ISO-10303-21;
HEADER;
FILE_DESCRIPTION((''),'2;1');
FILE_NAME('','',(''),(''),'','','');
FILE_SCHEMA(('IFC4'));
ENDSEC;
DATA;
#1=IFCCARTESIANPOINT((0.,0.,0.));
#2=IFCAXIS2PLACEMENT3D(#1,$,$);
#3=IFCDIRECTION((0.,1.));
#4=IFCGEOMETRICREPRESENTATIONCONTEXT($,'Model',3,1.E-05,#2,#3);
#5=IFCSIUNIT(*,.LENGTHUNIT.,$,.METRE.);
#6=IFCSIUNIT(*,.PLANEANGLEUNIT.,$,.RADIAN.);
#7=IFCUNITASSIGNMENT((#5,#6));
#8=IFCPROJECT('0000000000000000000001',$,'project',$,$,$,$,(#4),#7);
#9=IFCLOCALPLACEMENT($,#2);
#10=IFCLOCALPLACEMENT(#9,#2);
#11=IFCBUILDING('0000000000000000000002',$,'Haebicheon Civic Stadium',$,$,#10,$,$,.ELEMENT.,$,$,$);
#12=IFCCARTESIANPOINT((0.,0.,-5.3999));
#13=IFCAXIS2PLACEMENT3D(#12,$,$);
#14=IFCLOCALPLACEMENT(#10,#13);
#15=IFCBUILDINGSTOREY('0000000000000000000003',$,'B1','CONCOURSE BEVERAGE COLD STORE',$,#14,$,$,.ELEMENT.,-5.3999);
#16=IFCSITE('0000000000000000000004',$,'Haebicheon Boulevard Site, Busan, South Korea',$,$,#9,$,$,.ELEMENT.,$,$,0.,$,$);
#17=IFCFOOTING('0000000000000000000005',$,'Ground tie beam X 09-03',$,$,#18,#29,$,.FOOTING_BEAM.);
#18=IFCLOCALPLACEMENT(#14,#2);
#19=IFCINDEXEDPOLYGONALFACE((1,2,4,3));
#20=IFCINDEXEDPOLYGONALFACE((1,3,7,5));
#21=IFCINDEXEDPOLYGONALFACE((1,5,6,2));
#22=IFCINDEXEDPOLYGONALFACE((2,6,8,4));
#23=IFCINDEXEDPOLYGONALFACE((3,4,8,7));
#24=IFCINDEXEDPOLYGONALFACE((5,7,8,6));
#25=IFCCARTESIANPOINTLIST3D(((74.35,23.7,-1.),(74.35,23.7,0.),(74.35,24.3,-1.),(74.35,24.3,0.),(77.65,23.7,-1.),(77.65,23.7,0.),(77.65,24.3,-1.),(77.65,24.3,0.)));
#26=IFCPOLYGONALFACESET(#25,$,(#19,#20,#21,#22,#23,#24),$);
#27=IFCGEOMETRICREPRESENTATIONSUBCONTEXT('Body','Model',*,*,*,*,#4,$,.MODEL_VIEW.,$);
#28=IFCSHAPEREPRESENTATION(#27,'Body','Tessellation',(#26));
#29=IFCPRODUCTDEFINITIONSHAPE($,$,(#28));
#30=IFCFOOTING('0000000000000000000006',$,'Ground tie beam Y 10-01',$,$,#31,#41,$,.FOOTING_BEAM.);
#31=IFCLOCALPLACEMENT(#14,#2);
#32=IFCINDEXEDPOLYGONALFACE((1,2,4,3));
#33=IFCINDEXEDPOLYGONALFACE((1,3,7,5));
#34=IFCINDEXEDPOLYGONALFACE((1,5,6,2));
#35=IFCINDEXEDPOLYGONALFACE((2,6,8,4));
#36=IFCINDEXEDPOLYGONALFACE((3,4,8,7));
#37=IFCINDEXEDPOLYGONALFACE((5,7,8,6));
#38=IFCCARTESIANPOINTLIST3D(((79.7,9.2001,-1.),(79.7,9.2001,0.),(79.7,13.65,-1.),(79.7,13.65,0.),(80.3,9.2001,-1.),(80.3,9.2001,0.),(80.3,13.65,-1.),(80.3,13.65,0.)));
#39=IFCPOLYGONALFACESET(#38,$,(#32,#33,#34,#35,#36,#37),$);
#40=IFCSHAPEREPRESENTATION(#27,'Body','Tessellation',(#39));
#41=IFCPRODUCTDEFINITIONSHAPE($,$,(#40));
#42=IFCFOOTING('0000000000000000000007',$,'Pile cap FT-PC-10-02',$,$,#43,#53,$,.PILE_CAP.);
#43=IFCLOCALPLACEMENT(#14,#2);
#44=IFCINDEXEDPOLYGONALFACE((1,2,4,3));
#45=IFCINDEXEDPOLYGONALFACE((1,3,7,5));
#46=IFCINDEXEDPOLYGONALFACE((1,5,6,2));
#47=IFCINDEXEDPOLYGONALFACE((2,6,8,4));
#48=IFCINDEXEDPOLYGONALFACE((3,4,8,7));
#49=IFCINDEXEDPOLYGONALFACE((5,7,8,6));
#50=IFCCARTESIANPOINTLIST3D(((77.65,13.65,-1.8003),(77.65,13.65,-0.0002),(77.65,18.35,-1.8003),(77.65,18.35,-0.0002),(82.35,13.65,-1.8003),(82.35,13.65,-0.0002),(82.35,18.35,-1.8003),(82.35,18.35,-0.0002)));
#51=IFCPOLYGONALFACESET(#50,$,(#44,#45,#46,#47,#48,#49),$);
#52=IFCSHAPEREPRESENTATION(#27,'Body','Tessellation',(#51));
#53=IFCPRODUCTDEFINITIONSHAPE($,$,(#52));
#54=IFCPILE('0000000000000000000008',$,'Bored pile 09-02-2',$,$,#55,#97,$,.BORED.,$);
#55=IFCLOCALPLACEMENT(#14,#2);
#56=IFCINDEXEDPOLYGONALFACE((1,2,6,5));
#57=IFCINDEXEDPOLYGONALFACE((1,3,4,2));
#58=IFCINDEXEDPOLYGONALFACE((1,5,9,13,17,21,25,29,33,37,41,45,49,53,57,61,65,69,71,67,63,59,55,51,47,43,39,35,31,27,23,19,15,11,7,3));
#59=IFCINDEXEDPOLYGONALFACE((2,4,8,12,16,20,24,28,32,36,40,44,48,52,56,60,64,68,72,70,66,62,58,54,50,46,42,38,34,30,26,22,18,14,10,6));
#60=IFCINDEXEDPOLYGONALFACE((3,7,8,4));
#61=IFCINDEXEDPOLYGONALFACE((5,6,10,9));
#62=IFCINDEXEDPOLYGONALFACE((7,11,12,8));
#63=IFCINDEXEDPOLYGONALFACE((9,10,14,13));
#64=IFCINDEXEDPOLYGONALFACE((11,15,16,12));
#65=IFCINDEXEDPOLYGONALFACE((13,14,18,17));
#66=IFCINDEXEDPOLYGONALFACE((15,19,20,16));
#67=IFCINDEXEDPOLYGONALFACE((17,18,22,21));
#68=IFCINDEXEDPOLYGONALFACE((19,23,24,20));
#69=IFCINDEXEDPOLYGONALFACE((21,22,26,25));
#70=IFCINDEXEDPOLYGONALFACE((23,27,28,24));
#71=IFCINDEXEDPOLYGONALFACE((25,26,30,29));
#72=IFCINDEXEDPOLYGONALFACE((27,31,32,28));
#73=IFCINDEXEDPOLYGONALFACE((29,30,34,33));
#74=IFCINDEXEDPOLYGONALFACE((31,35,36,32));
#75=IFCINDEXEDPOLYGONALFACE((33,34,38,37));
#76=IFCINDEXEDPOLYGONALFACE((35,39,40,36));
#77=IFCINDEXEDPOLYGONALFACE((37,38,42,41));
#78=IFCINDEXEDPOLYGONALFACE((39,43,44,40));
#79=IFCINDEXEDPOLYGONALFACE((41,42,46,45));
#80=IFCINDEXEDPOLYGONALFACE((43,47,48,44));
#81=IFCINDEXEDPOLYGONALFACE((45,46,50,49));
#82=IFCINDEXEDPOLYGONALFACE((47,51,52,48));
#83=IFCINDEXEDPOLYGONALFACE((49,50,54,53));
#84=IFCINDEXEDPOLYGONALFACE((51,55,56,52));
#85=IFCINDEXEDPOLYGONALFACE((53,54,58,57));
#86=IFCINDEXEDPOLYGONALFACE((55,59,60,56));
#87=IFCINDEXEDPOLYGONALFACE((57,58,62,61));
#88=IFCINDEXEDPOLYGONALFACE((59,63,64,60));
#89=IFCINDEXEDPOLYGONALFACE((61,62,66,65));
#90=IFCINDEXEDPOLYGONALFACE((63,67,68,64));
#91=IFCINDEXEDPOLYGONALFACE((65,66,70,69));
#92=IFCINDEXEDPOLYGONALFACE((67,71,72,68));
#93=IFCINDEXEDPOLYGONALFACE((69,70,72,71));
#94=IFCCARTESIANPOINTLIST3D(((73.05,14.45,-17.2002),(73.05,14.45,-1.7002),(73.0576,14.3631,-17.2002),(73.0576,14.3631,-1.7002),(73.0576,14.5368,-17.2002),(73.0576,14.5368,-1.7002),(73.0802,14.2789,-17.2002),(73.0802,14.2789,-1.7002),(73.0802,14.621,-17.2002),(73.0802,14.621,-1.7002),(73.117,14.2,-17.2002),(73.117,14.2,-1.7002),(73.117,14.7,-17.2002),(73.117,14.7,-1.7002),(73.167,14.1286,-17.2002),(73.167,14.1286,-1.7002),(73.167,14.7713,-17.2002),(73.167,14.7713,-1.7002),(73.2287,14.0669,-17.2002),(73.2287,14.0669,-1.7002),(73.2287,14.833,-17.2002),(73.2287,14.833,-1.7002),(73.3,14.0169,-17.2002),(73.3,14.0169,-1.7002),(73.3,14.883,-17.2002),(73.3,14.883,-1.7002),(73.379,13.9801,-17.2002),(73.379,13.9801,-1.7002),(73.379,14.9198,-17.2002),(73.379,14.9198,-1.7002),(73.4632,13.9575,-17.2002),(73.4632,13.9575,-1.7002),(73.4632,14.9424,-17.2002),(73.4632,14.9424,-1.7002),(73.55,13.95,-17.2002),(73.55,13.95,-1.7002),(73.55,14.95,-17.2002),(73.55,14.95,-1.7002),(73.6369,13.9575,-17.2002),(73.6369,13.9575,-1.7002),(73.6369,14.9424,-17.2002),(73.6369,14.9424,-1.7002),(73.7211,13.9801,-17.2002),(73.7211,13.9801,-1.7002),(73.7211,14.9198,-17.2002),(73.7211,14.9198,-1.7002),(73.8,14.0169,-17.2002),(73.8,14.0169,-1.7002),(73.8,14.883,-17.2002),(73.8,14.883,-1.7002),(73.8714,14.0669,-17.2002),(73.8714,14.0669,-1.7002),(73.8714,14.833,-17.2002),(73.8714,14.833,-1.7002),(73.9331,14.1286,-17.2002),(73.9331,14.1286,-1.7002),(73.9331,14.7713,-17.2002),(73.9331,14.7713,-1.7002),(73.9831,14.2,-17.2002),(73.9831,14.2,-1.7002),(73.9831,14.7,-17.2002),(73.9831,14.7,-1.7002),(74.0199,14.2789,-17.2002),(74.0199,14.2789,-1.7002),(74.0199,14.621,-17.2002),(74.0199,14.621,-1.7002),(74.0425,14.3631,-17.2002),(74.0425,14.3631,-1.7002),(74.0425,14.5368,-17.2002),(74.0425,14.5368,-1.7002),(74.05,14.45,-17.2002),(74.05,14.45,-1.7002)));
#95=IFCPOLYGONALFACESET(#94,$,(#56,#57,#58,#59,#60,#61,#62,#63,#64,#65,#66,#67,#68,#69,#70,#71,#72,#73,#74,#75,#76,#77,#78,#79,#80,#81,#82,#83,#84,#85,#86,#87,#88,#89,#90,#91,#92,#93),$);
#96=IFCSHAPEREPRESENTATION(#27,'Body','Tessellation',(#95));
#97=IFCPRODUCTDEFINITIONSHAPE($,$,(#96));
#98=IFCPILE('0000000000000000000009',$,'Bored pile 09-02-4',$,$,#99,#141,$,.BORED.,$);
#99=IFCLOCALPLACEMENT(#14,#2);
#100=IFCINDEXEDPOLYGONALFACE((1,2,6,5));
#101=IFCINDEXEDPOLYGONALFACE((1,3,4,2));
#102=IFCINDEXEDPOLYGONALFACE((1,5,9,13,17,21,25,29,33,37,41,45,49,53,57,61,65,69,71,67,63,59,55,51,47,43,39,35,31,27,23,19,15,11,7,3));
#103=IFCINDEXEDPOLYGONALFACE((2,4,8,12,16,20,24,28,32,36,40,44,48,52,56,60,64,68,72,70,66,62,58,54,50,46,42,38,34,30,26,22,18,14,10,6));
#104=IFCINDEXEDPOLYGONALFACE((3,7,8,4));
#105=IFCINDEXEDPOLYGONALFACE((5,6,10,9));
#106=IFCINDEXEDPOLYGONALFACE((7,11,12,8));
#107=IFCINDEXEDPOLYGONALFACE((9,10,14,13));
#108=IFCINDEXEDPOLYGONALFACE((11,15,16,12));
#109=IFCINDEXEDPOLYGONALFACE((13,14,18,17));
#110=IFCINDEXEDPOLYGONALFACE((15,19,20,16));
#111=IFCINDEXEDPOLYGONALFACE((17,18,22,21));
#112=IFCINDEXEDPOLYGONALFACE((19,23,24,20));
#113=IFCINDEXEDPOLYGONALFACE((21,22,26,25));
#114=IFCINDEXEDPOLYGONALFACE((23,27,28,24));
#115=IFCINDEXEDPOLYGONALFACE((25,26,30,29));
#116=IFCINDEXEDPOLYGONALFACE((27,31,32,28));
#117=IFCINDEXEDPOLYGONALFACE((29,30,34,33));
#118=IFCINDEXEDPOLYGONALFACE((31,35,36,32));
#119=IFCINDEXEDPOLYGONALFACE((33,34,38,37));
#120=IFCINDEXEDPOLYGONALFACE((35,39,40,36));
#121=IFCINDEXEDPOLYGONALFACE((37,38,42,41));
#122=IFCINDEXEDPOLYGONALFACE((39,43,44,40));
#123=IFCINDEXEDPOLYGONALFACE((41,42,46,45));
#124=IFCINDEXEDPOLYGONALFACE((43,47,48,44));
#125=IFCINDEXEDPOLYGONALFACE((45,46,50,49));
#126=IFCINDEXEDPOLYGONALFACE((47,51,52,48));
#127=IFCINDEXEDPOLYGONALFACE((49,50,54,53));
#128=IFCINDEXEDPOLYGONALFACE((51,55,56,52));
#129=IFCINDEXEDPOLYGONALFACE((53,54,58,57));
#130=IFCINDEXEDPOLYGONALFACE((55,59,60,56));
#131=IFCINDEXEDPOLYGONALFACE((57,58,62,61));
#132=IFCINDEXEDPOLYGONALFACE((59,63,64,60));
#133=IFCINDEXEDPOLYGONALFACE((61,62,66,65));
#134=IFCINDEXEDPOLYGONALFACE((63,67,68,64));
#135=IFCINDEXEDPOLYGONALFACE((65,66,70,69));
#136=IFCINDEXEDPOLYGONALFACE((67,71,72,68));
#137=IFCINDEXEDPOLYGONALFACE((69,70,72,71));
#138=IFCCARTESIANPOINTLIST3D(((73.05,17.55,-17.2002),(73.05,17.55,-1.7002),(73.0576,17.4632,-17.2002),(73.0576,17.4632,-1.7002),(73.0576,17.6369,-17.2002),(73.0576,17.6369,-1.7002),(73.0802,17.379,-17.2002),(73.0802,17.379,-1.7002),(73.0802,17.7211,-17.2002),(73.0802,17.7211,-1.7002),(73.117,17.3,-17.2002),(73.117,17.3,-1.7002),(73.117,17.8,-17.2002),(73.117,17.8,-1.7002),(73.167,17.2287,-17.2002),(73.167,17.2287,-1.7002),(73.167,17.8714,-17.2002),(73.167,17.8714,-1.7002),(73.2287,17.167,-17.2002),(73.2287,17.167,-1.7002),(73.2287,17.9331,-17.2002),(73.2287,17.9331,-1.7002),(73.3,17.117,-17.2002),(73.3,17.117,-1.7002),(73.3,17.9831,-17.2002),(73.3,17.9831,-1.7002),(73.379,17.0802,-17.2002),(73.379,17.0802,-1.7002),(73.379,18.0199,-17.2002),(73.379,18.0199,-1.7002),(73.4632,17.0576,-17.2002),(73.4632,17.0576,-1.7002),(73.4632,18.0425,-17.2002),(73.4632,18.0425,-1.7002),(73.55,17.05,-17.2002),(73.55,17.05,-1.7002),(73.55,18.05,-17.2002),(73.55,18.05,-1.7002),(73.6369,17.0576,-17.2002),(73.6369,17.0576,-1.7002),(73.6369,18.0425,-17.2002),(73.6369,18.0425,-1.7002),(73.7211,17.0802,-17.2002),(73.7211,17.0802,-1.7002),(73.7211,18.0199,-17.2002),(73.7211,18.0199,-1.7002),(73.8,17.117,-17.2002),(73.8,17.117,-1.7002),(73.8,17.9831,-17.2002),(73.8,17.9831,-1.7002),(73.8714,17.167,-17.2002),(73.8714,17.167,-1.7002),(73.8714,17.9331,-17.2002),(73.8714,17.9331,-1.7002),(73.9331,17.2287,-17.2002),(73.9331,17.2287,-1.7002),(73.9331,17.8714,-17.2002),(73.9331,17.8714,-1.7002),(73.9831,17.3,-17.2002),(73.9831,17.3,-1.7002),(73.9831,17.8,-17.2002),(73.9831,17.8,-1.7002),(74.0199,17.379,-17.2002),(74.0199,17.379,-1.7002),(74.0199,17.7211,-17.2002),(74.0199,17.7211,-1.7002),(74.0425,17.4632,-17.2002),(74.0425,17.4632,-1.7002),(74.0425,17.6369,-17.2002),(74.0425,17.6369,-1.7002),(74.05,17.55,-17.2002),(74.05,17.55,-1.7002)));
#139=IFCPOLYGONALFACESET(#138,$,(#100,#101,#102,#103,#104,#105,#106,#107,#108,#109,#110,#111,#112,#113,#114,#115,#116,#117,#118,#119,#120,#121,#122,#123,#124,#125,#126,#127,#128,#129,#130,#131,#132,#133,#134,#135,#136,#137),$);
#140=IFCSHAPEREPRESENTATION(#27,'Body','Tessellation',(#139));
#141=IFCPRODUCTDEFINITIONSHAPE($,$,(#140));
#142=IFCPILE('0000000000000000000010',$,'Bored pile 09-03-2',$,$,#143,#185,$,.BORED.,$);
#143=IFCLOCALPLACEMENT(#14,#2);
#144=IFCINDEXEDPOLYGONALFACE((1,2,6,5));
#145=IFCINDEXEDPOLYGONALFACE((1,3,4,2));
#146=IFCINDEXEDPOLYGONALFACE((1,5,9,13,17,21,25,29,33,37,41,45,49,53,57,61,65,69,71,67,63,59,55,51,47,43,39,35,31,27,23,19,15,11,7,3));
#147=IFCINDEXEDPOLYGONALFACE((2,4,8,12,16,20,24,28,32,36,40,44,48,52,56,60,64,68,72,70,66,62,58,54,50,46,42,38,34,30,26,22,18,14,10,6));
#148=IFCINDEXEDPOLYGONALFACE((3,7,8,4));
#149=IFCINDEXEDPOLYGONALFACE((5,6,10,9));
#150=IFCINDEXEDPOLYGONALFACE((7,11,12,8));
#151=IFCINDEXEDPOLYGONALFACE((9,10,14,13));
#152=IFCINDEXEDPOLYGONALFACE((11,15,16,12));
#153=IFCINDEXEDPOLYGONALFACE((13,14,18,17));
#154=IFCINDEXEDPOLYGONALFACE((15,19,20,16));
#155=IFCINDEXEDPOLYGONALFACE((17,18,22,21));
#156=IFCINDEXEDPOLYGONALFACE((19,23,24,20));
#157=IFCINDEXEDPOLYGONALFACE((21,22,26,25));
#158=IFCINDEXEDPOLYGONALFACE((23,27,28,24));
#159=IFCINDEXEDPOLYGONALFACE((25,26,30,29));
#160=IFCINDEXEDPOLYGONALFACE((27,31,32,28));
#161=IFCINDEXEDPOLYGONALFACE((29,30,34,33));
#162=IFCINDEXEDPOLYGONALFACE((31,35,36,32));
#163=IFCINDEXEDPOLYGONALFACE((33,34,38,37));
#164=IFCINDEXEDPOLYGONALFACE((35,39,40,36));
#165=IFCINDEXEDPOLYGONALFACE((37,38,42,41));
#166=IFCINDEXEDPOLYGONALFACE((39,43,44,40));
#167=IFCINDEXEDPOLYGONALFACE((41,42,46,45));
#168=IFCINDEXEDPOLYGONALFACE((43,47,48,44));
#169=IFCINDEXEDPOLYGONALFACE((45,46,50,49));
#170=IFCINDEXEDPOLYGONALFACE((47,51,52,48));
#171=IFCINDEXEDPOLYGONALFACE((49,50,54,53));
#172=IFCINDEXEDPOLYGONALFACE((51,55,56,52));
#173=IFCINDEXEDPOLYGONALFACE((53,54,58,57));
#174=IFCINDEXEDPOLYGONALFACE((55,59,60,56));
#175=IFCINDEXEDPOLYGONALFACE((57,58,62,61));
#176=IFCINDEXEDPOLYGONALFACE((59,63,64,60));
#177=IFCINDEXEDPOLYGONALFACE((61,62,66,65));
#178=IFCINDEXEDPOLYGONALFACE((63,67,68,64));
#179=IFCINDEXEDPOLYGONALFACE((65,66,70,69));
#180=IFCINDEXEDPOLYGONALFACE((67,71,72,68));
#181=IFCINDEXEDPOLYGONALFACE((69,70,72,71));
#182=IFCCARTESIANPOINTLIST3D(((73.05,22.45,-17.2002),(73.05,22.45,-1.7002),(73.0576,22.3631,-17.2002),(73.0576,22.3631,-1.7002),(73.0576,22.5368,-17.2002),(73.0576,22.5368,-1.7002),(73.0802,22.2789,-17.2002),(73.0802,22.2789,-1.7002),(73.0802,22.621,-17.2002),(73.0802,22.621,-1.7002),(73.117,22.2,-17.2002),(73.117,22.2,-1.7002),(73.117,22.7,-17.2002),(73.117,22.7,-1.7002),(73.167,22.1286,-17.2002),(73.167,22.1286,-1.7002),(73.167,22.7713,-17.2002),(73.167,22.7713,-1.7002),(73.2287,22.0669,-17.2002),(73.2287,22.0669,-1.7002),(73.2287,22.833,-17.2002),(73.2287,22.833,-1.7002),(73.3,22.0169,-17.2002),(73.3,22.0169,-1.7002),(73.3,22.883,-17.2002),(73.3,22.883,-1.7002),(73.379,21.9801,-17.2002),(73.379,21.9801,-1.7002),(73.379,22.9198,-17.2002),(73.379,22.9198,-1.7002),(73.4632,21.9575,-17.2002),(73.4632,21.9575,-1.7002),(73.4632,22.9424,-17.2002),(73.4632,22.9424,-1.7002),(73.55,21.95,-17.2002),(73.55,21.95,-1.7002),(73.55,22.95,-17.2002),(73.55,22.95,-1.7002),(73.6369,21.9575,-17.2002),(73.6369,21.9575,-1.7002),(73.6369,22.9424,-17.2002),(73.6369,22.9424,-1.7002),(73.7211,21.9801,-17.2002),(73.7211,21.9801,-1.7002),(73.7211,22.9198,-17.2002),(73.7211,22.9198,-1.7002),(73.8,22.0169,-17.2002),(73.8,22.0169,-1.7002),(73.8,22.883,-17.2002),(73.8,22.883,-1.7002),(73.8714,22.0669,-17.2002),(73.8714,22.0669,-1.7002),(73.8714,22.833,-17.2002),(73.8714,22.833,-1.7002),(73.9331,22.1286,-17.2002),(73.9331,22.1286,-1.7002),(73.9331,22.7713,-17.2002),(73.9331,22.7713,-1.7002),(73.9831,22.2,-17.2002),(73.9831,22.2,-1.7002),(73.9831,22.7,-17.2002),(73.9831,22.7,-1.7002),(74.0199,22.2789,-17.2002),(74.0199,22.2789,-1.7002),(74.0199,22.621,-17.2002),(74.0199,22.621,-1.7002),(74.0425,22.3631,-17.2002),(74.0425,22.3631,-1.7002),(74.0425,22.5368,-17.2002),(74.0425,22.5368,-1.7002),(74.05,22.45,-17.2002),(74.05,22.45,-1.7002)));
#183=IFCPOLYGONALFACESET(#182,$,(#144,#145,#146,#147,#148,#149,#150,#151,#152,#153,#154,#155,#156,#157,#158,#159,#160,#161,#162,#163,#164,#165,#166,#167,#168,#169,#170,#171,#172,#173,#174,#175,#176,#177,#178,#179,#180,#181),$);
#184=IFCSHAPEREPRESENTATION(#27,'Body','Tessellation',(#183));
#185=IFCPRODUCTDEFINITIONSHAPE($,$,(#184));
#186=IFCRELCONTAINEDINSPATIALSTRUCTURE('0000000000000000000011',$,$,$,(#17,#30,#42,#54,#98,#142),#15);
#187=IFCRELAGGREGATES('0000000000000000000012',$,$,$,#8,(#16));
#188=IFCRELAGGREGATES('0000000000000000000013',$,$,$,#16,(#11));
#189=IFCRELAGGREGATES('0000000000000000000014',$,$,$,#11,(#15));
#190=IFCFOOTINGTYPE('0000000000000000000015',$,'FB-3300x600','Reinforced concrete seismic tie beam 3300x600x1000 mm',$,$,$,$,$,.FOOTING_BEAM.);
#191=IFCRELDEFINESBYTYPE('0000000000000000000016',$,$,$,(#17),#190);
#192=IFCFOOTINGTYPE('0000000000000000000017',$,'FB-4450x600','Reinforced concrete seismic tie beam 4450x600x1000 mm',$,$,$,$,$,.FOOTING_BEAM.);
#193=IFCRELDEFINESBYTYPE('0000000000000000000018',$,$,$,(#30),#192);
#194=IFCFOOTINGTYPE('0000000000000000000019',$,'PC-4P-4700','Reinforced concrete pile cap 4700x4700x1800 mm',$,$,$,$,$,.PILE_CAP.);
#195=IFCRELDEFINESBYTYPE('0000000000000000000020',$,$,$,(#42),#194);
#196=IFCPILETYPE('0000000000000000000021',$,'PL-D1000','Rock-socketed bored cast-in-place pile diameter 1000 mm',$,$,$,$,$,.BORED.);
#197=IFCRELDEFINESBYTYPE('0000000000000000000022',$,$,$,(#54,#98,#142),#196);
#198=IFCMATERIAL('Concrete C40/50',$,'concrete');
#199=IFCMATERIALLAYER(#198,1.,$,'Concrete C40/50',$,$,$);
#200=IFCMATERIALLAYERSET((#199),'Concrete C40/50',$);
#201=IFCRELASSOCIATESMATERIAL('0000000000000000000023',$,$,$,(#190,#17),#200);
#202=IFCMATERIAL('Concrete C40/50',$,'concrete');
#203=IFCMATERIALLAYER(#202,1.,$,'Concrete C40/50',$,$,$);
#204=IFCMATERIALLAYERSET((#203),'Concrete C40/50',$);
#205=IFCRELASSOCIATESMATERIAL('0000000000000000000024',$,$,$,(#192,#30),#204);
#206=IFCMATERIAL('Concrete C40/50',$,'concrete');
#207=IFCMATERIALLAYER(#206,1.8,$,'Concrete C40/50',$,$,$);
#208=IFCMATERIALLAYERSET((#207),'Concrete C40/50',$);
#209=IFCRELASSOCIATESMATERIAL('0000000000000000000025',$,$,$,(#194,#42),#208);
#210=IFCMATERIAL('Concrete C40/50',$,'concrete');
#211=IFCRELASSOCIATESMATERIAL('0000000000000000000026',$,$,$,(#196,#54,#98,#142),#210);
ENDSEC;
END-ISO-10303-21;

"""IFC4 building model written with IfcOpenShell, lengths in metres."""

from ifc_helpers import new_model, si_unit, direction, frame, origin, origin_2d, place, context, subcontext, project, spatial, rectangle, circle, extrude, material, layer, layer_set, material_profile, profile_set, type_object, element, save


model = new_model("IFC4")

# Units and contexts
model_context = context("Model", 3, precision=1e-05, world=origin(), true_north=direction((0.0, 1.0)))
body_context = subcontext(model_context, "Body", "Model", "MODEL_VIEW")
ifc_project = project(units=[si_unit("LENGTHUNIT", "METRE"), si_unit("PLANEANGLEUNIT", "RADIAN")], contexts=[model_context])

# Site, building, storey
site_placement = place(None, origin())
site = spatial("IfcSite", under=ifc_project, at=site_placement, Name="Haebicheon Boulevard Site, Busan, South Korea", CompositionType="ELEMENT", RefElevation=0.0)
building_placement = place(site_placement, origin())
building = spatial("IfcBuilding", under=site, at=building_placement, Name="Haebicheon Civic Stadium", CompositionType="ELEMENT")
storey_placement = place(building_placement, frame((0.0, 0.0, -5.3999)))
storey = spatial("IfcBuildingStorey", under=building, at=storey_placement, Name="B1", Description="CONCOURSE BEVERAGE COLD STORE", CompositionType="ELEMENT", Elevation=-5.3999)

# Footings
ifc_material_1 = material(Name="Concrete C40/50", Category="concrete")
ifc_layer_1 = layer(ifc_material_1, 1.0, Name="Concrete C40/50")
ifc_layer_set_1 = layer_set([ifc_layer_1], Name="Concrete C40/50")
footing_type_1 = type_object("IfcFootingType", Name="FB-3300x600", Description="Reinforced concrete seismic tie beam 3300x600x1000 mm", PredefinedType="FOOTING_BEAM", material=ifc_layer_set_1)
footing_1_placement = place(storey_placement, frame((76.0, 24.0, -1.0), z_axis=(0.0, 0.0, 1.0), x_axis=(1.0, 0.0, 0.0)))
element("IfcFooting", 1, at=footing_1_placement, inside=storey, type_object=footing_type_1, material=ifc_layer_set_1, Name="Ground tie beam X 09-03", PredefinedType="FOOTING_BEAM", context=body_context, shape_type="SweptSolid", body=[
    extrude(rectangle(XDim=3.3, YDim=0.6001, at=origin_2d()), origin(), (0.0, 0.0, 1.0), 1.0),
])
ifc_material_2 = material(Name="Concrete C40/50", Category="concrete")
ifc_layer_2 = layer(ifc_material_2, 1.0, Name="Concrete C40/50")
ifc_layer_set_2 = layer_set([ifc_layer_2], Name="Concrete C40/50")
footing_type_2 = type_object("IfcFootingType", Name="FB-4450x600", Description="Reinforced concrete seismic tie beam 4450x600x1000 mm", PredefinedType="FOOTING_BEAM", material=ifc_layer_set_2)
footing_2_placement = place(storey_placement, frame((80.0, 11.425, -1.0), z_axis=(0.0, 0.0, 1.0), x_axis=(0.0, 1.0, 0.0)))
element("IfcFooting", 2, at=footing_2_placement, inside=storey, type_object=footing_type_2, material=ifc_layer_set_2, Name="Ground tie beam Y 10-01", PredefinedType="FOOTING_BEAM", context=body_context, shape_type="SweptSolid", body=[
    extrude(rectangle(XDim=4.45, YDim=0.6001, at=origin_2d()), origin(), (0.0, 0.0, 1.0), 1.0),
])
ifc_material_3 = material(Name="Concrete C40/50", Category="concrete")
ifc_layer_3 = layer(ifc_material_3, 1.8, Name="Concrete C40/50")
ifc_layer_set_3 = layer_set([ifc_layer_3], Name="Concrete C40/50")
footing_type_3 = type_object("IfcFootingType", Name="PC-4P-4700", Description="Reinforced concrete pile cap 4700x4700x1800 mm", PredefinedType="PILE_CAP", material=ifc_layer_set_3)
footing_3_placement = place(storey_placement, frame((80.0, 16.0, -1.8003), z_axis=(0.0, 0.0, 1.0), x_axis=(1.0, 0.0, 0.0)))
element("IfcFooting", 3, at=footing_3_placement, inside=storey, type_object=footing_type_3, material=ifc_layer_set_3, Name="Pile cap FT-PC-10-02", PredefinedType="PILE_CAP", context=body_context, shape_type="SweptSolid", body=[
    extrude(rectangle(XDim=4.7, YDim=4.7, at=origin_2d()), origin(), (0.0, 0.0, 1.0), 1.8),
])

# Piles
ifc_material_4 = material(Name="Concrete C40/50", Category="concrete")
ifc_material_profile_1 = material_profile(ifc_material_4, circle(Radius=0.5, at=origin_2d()), Name="PILE-D1000")
ifc_profile_set_1 = profile_set([ifc_material_profile_1], Name="Concrete C40/50")
pile_type = type_object("IfcPileType", Name="PL-D1000", Description="Rock-socketed bored cast-in-place pile diameter 1000 mm", PredefinedType="BORED", material=ifc_profile_set_1)
for number, where, z_axis, x_axis, name in (
    (4, (73.55, 14.45, -1.7002), (0.0, 0.0, -1.0), (1.0, 0.0, 0.0), "Bored pile 09-02-2"),
    (5, (73.55, 17.55, -1.7002), (0.0, 0.0, -1.0), (1.0, 0.0, 0.0), "Bored pile 09-02-4"),
    (6, (73.55, 22.45, -1.7002), (0.0, 0.0, -1.0), (1.0, 0.0, 0.0), "Bored pile 09-03-2"),
):
    element("IfcPile", number, at=place(storey_placement, frame(where, z_axis=z_axis, x_axis=x_axis)), inside=storey, type_object=pile_type, material=ifc_profile_set_1, Name=name, PredefinedType="BORED", context=body_context, shape_type="SweptSolid", body=[
        extrude(circle(Radius=0.5, at=origin_2d()), origin(), (0.0, 0.0, 1.0), 15.5),
    ])

save(model, "model.ifc")
